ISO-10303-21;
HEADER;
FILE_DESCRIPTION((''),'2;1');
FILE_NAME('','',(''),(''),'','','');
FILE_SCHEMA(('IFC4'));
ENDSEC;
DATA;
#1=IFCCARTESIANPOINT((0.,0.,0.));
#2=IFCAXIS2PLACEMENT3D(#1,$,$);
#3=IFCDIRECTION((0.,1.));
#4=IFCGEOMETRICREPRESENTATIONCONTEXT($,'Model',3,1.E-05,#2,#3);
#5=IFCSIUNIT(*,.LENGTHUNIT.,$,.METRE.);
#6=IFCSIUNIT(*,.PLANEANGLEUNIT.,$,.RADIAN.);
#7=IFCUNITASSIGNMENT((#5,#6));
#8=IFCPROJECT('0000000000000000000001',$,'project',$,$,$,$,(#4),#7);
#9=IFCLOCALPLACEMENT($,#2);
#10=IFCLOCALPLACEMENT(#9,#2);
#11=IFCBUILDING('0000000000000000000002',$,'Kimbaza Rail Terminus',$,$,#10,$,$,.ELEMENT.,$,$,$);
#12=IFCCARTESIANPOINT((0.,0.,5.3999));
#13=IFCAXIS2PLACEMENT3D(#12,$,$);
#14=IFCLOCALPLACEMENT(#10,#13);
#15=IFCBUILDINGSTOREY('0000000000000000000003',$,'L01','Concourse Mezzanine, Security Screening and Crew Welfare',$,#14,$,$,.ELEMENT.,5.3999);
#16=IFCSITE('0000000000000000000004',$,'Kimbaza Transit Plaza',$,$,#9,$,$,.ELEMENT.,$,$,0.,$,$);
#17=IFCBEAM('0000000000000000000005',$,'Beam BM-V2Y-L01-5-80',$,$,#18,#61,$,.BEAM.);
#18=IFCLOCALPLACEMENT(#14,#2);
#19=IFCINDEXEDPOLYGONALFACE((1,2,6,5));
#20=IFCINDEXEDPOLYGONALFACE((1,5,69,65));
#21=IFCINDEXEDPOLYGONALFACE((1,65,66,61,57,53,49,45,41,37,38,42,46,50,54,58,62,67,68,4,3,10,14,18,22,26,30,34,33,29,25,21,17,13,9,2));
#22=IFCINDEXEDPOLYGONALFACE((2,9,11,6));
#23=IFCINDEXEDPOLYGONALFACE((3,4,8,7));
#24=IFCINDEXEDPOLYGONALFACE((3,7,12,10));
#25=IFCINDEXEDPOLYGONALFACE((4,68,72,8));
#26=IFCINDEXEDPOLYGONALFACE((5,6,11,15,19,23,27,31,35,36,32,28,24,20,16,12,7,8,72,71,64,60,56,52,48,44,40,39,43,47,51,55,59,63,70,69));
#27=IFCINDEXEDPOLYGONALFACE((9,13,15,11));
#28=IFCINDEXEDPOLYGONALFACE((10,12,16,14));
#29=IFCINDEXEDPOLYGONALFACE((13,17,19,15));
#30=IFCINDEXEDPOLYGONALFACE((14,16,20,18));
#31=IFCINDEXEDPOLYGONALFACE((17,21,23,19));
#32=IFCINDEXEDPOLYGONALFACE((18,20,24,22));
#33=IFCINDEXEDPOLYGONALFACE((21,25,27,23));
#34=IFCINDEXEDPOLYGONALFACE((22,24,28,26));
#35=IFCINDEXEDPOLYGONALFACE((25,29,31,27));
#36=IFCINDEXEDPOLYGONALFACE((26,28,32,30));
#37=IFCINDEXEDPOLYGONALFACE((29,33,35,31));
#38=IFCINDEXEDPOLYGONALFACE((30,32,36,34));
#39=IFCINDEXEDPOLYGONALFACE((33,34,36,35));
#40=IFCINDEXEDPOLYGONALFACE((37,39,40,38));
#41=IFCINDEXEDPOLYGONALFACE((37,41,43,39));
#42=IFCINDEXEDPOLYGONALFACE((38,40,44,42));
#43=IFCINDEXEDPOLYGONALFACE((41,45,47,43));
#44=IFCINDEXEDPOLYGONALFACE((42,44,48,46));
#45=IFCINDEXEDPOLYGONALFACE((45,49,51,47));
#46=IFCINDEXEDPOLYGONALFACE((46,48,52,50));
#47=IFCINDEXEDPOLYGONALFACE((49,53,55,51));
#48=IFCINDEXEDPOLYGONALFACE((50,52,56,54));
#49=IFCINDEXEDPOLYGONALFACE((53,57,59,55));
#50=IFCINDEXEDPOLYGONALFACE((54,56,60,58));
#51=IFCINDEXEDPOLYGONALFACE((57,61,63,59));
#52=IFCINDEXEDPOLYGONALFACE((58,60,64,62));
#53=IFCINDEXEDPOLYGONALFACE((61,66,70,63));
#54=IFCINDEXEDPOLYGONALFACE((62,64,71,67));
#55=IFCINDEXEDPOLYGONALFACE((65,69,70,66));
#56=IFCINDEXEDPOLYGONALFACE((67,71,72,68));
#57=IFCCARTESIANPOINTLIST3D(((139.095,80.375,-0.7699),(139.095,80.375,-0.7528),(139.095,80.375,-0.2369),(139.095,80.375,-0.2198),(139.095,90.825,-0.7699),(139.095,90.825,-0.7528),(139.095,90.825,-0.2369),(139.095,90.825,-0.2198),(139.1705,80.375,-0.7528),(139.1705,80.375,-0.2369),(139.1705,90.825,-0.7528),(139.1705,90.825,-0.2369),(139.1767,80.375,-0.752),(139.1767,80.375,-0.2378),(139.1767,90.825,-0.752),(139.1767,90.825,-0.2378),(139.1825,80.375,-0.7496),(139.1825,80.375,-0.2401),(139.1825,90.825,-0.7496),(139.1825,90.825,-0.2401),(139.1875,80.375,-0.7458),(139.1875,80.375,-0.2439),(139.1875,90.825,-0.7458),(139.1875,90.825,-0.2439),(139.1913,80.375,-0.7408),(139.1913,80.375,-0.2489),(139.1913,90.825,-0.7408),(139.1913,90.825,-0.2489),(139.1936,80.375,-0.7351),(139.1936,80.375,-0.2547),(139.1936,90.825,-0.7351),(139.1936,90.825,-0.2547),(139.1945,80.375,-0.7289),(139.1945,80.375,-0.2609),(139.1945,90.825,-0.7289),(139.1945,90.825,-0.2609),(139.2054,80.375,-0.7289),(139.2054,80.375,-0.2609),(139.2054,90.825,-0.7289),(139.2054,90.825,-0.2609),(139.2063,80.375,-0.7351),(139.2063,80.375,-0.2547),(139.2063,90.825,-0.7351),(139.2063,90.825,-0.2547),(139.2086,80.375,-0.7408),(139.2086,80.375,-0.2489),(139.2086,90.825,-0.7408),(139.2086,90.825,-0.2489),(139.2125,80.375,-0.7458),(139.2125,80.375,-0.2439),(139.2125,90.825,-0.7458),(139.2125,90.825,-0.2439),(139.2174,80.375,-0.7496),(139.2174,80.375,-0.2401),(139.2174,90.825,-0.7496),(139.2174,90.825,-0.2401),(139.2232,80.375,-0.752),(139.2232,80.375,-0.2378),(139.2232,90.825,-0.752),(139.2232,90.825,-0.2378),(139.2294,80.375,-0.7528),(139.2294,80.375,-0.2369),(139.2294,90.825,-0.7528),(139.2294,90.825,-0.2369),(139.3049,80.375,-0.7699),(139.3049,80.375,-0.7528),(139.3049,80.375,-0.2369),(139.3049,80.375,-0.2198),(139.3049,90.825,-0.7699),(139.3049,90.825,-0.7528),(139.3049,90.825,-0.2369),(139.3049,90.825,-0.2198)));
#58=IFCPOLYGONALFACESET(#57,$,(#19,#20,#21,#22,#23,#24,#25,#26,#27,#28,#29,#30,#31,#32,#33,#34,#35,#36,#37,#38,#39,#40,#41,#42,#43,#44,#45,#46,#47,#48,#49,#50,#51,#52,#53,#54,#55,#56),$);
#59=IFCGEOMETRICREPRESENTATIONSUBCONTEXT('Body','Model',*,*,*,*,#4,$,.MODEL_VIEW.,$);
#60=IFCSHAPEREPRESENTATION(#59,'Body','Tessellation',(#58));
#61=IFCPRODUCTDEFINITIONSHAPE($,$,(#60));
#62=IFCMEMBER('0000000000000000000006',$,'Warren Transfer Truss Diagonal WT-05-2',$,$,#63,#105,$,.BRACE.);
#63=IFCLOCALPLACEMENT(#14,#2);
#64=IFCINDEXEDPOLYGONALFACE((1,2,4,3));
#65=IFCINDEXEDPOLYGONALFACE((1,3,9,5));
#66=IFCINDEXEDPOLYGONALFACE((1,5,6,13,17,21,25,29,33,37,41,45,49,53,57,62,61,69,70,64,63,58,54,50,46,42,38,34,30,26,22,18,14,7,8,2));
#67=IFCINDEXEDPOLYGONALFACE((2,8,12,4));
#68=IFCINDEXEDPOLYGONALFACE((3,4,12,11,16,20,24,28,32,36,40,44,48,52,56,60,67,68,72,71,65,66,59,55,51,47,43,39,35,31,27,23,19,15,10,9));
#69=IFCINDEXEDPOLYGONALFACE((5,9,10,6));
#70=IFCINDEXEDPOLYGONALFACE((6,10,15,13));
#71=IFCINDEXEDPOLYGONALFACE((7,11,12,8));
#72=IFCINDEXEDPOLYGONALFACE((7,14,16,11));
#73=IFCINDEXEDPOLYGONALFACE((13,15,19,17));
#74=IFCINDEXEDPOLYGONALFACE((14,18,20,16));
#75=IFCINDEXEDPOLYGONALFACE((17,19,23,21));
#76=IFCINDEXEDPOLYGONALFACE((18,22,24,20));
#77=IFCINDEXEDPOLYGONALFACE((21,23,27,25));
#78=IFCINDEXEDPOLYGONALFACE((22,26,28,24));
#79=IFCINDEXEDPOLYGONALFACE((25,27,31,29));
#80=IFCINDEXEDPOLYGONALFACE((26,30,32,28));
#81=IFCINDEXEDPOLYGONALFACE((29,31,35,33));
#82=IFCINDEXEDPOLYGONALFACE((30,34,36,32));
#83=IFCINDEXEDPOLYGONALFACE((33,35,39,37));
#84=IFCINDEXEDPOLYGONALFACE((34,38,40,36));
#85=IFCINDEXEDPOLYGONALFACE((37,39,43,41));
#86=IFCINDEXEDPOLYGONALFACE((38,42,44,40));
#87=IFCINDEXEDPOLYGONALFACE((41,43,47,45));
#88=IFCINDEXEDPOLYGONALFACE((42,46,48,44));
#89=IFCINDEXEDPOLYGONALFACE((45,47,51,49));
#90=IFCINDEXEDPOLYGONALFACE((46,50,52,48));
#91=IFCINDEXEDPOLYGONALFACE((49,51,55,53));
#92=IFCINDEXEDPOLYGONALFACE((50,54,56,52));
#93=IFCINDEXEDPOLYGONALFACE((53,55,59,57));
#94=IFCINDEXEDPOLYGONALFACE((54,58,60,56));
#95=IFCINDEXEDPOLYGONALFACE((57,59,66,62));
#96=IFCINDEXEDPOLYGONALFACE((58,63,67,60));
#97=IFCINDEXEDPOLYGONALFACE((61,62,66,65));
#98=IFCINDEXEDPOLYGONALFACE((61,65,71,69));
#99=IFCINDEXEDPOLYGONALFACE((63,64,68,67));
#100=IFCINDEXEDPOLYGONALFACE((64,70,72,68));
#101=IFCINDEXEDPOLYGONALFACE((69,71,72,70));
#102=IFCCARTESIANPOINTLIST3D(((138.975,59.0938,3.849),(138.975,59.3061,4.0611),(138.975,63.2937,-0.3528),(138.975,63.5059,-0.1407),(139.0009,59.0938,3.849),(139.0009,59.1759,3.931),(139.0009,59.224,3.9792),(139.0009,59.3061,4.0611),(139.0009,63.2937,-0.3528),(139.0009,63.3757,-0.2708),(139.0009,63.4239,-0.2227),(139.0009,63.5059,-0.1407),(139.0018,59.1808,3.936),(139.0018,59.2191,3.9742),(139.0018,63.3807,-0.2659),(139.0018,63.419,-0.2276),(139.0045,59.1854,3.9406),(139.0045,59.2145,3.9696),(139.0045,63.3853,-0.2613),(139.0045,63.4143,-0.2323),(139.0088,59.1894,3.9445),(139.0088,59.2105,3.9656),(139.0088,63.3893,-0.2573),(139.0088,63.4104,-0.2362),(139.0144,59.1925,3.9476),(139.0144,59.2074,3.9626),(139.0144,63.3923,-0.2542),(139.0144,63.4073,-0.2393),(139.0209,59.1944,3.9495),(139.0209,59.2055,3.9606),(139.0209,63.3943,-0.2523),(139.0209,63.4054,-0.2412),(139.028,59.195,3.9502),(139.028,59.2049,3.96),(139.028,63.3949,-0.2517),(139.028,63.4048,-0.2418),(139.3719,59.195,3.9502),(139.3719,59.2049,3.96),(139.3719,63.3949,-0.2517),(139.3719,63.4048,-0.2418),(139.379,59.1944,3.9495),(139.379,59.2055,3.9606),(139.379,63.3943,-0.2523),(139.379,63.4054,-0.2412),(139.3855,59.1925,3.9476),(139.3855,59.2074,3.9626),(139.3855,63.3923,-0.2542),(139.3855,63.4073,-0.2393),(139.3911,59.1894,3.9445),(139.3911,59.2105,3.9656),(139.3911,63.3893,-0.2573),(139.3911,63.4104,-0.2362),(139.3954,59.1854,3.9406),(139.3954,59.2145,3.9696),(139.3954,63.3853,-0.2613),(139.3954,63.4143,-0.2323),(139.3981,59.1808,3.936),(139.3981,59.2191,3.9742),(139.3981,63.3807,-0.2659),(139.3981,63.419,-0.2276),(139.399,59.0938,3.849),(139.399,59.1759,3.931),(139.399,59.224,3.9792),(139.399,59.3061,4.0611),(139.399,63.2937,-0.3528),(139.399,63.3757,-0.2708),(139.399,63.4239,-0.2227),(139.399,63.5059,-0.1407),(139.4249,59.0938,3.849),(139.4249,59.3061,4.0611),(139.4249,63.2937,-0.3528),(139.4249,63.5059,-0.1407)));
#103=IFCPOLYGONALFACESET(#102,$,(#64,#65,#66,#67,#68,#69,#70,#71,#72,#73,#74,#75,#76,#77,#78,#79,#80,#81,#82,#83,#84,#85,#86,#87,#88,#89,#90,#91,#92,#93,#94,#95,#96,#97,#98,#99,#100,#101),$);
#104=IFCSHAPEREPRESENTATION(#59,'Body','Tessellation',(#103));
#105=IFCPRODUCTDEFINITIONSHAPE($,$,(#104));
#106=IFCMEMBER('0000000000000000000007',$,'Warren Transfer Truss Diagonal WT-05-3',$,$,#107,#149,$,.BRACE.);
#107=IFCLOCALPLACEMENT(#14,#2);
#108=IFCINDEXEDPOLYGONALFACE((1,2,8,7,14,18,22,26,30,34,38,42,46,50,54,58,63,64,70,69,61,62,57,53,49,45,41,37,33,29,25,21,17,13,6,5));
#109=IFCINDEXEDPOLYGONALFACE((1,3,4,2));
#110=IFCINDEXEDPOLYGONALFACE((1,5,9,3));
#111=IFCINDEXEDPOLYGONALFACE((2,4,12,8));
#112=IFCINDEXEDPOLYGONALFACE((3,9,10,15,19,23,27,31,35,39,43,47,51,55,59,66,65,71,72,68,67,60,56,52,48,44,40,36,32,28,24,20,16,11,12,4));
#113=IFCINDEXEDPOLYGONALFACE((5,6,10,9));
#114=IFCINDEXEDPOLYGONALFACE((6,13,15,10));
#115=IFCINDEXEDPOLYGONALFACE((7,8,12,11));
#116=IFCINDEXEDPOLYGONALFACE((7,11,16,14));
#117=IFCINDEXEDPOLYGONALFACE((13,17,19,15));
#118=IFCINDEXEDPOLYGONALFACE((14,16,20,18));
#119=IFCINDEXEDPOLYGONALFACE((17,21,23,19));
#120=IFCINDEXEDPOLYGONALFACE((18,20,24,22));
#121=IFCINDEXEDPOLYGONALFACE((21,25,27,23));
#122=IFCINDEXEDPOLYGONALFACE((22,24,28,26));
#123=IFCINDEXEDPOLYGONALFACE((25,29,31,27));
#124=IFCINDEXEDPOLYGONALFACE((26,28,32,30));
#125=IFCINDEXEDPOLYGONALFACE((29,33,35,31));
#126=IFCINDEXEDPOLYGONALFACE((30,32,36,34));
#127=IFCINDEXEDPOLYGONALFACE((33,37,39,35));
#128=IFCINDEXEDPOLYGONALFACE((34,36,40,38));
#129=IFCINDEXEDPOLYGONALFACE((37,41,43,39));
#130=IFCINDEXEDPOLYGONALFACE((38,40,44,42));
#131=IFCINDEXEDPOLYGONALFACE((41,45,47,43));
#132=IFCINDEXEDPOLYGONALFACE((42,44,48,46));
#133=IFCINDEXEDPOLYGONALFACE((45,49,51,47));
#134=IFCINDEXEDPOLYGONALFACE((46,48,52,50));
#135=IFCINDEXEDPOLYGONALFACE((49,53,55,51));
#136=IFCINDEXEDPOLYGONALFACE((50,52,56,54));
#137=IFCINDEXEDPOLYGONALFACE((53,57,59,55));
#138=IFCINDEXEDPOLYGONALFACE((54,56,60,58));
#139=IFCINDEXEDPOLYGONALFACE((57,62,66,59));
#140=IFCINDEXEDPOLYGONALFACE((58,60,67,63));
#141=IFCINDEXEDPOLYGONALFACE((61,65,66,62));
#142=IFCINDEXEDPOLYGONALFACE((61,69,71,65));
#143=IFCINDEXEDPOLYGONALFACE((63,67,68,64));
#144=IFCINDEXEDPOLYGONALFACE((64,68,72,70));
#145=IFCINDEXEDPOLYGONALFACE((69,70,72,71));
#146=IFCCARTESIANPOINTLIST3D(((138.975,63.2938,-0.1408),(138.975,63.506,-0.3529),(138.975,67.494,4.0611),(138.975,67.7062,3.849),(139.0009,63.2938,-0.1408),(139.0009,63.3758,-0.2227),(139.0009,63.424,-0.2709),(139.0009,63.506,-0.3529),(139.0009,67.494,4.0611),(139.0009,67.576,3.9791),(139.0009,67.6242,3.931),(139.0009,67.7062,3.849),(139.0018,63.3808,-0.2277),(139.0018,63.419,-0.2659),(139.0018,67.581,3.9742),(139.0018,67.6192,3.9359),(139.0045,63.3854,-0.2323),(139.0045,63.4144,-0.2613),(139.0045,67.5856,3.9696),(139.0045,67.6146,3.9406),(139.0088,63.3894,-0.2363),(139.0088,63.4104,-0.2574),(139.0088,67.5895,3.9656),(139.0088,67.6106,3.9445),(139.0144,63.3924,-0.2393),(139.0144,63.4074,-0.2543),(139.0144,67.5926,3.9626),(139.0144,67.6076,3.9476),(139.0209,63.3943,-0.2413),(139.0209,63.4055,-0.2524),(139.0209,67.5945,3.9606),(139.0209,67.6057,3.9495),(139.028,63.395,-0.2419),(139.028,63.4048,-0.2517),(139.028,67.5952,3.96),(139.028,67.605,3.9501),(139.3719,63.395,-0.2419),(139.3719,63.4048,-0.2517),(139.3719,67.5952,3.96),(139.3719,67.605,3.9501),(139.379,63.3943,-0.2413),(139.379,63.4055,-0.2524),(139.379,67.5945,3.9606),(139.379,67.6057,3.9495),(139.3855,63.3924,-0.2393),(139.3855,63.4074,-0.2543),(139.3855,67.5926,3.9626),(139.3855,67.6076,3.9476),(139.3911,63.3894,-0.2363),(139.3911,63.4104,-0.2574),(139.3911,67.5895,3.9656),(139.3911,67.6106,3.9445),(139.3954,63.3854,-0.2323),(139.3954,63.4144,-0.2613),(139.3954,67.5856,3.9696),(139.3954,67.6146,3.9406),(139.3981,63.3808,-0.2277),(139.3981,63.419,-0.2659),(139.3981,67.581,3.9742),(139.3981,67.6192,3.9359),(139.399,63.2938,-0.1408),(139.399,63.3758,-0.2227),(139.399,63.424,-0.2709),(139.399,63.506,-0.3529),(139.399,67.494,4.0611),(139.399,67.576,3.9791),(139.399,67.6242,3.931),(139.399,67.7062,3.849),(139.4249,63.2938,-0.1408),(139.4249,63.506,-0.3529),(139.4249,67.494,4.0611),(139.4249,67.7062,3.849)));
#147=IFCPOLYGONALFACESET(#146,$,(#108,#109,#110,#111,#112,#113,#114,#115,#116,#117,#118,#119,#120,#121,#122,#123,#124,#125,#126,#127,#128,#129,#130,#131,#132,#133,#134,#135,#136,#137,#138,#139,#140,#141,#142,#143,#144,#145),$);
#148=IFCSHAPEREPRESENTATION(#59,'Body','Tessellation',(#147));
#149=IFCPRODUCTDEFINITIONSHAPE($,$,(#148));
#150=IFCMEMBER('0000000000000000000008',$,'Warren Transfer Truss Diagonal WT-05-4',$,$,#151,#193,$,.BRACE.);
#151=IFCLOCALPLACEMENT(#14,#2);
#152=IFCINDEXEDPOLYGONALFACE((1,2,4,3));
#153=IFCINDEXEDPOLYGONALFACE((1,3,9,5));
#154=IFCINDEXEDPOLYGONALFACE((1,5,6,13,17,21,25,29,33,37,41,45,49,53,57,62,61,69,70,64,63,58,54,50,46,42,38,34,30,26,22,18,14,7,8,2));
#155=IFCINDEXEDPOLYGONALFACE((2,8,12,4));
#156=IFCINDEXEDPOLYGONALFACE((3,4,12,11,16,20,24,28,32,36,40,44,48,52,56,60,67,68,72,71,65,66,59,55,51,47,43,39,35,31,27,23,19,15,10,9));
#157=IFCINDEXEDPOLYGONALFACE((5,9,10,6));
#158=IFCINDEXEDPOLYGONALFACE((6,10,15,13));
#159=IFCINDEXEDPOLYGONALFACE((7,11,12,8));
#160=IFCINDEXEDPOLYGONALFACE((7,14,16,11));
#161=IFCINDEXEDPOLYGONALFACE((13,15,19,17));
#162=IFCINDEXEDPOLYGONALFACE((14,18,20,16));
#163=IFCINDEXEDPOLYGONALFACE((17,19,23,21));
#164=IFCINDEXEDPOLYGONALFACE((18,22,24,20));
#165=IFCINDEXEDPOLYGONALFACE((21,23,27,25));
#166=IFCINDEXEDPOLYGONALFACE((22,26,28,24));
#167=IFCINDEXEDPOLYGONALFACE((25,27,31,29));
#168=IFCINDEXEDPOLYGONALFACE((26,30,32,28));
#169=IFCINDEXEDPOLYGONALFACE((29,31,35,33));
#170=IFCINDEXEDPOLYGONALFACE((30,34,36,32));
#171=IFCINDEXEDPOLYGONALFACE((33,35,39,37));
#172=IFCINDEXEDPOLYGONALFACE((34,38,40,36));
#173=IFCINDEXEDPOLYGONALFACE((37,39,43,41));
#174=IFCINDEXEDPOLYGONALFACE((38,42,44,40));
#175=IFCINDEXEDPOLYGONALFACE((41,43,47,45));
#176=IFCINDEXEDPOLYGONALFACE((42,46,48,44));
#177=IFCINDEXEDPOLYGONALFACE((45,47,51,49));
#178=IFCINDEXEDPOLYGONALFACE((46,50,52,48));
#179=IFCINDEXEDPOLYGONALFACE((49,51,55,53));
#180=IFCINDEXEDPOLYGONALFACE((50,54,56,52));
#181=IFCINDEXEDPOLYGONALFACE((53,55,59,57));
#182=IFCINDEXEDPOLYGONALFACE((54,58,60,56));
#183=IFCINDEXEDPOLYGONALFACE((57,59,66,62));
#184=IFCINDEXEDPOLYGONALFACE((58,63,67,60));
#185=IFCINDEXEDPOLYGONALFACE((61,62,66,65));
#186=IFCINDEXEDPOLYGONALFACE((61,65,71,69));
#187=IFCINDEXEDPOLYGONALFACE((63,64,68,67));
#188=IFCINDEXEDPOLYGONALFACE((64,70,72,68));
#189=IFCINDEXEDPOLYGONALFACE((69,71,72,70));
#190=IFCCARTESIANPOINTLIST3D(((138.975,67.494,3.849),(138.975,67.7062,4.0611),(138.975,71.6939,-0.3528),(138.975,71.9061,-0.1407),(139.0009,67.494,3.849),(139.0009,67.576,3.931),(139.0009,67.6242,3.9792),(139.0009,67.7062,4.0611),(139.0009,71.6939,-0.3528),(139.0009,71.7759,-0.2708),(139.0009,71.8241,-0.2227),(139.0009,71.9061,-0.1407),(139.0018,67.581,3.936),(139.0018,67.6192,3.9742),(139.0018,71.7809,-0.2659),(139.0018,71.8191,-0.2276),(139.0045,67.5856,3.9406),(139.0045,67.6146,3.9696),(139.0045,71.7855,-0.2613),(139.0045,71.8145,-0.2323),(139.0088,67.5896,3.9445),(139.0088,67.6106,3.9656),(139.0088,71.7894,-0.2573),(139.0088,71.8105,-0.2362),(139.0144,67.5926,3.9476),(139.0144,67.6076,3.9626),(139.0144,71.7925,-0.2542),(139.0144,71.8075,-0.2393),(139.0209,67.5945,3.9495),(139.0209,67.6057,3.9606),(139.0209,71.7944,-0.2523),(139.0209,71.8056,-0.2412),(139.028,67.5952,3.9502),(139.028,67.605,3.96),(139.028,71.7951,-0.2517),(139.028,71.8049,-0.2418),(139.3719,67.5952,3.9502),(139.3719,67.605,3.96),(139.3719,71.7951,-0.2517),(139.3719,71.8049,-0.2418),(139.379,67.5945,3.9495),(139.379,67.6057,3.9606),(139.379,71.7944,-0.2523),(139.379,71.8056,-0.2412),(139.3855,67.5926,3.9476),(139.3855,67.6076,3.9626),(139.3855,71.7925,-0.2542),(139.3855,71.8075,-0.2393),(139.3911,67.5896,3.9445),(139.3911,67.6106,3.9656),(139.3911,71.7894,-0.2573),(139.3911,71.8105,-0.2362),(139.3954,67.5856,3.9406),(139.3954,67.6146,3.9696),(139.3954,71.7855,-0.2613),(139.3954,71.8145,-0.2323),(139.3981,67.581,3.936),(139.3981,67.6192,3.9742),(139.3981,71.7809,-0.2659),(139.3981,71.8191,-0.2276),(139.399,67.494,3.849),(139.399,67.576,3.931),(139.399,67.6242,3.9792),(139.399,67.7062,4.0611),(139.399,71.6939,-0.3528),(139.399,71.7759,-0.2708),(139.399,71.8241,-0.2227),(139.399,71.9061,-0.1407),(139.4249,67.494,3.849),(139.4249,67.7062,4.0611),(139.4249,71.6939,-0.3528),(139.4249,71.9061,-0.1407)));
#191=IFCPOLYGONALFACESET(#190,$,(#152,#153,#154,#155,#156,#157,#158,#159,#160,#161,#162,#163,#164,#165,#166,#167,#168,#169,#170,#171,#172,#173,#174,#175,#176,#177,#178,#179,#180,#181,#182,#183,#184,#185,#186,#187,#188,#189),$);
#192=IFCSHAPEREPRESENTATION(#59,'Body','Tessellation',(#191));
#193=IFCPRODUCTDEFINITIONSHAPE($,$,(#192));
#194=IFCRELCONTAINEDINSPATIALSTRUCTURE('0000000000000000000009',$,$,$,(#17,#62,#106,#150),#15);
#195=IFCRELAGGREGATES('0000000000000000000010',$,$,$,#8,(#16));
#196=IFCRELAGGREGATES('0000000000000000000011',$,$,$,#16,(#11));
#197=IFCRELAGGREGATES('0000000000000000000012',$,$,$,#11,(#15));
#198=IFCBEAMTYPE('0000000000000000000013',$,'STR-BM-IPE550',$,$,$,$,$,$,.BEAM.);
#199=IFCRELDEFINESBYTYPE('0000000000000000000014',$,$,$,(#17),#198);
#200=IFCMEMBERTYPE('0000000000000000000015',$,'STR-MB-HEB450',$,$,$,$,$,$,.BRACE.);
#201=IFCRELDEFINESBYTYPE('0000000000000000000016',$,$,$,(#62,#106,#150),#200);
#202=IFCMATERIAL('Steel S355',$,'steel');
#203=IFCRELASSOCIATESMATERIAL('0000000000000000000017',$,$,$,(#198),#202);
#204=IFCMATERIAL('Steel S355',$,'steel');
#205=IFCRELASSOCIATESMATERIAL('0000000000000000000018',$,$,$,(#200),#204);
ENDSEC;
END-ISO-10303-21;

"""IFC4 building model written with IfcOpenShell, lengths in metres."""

from ifc_helpers import new_model, si_unit, direction, frame, origin, origin_2d, place, context, subcontext, project, spatial, i_section, extrude, material, material_profile, profile_set, type_object, element, save


model = new_model("IFC4")

# Units and contexts
model_context = context("Model", 3, precision=1e-05, world=origin(), true_north=direction((0.0, 1.0)))
body_context = subcontext(model_context, "Body", "Model", "MODEL_VIEW")
ifc_project = project(units=[si_unit("LENGTHUNIT", "METRE"), si_unit("PLANEANGLEUNIT", "RADIAN")], contexts=[model_context])

# Site, building, storey
site_placement = place(None, origin())
site = spatial("IfcSite", under=ifc_project, at=site_placement, Name="Kimbaza Transit Plaza", CompositionType="ELEMENT", RefElevation=0.0)
building_placement = place(site_placement, origin())
building = spatial("IfcBuilding", under=site, at=building_placement, Name="Kimbaza Rail Terminus", CompositionType="ELEMENT")
storey_placement = place(building_placement, frame((0.0, 0.0, 5.3999)))
storey = spatial("IfcBuildingStorey", under=building, at=storey_placement, Name="L01", Description="Concourse Mezzanine, Security Screening and Crew Welfare", CompositionType="ELEMENT", Elevation=5.3999)

# Beam
ifc_material_1 = material(Name="Steel S355", Category="steel")
ifc_material_profile_1 = material_profile(ifc_material_1, i_section(OverallWidth=0.21, OverallDepth=0.55, WebThickness=0.011, FlangeThickness=0.0171, FilletRadius=0.0239, at=origin_2d()), Name="IPE 550")
ifc_profile_set_1 = profile_set([ifc_material_profile_1], Name="Steel S355")
beam_type_1 = type_object("IfcBeamType", Name="STR-BM-IPE550", PredefinedType="BEAM", material=ifc_profile_set_1)
beam_1_placement = place(storey_placement, frame((139.2, 80.375, -0.4949), z_axis=(0.0, 1.0, 0.0), x_axis=(-1.0, 0.0, 0.0)))
element("IfcBeam", 1, at=beam_1_placement, inside=storey, type_object=beam_type_1, Name="Beam BM-V2Y-L01-5-80", PredefinedType="BEAM", context=body_context, shape_type="SweptSolid", body=[
    extrude(i_section(OverallWidth=0.21, OverallDepth=0.55, WebThickness=0.011, FlangeThickness=0.0171, FilletRadius=0.0239, at=origin_2d()), origin(), (0.0, 0.0, 1.0), 10.45),
])

# Members
ifc_material_2 = material(Name="Steel S355", Category="steel")
ifc_material_profile_2 = material_profile(ifc_material_2, i_section(OverallWidth=0.3, OverallDepth=0.45, WebThickness=0.0139, FlangeThickness=0.0259, FilletRadius=0.0271, at=origin_2d()), Name="HEB 450")
ifc_profile_set_2 = profile_set([ifc_material_profile_2], Name="Steel S355")
member_type_1 = type_object("IfcMemberType", Name="STR-MB-HEB450", PredefinedType="BRACE", material=ifc_profile_set_2)
member_1_placement = place(storey_placement, frame((139.2, 59.2, 3.9551), z_axis=(0.0, 0.706942, -0.707271), x_axis=(0.0, 0.707271, 0.706942)))
element("IfcMember", 2, at=member_1_placement, inside=storey, type_object=member_type_1, Name="Warren Transfer Truss Diagonal WT-05-2", PredefinedType="BRACE", context=body_context, shape_type="SweptSolid", body=[
    extrude(i_section(OverallWidth=0.3, OverallDepth=0.45, WebThickness=0.0139, FlangeThickness=0.0259, FilletRadius=0.0271, at=origin_2d()), origin(), (0.0, 0.0, 1.0), 5.9409),
])
member_2_placement = place(storey_placement, frame((139.2, 63.3999, -0.2468), z_axis=(0.0, 0.706963, 0.707251), x_axis=(0.0, -0.707251, 0.706963)))
element("IfcMember", 3, at=member_2_placement, inside=storey, type_object=member_type_1, Name="Warren Transfer Truss Diagonal WT-05-3", PredefinedType="BRACE", context=body_context, shape_type="SweptSolid", body=[
    extrude(i_section(OverallWidth=0.3, OverallDepth=0.45, WebThickness=0.0139, FlangeThickness=0.0259, FilletRadius=0.0271, at=origin_2d()), origin(), (0.0, 0.0, 1.0), 5.9412),
])
for number, where, z_axis, x_axis, name in (
    (4, (139.2, 67.6001, 3.9551), (0.0, 0.706942, -0.707271), (0.0, 0.707271, 0.706942), "Warren Transfer Truss Diagonal WT-05-4"),
):
    element("IfcMember", number, at=place(storey_placement, frame(where, z_axis=z_axis, x_axis=x_axis)), inside=storey, type_object=member_type_1, Name=name, PredefinedType="BRACE", context=body_context, shape_type="SweptSolid", body=[
        extrude(i_section(OverallWidth=0.3, OverallDepth=0.45, WebThickness=0.0139, FlangeThickness=0.0259, FilletRadius=0.0271, at=origin_2d()), origin(), (0.0, 0.0, 1.0), 5.9409),
    ])

save(model, "model.ifc")
